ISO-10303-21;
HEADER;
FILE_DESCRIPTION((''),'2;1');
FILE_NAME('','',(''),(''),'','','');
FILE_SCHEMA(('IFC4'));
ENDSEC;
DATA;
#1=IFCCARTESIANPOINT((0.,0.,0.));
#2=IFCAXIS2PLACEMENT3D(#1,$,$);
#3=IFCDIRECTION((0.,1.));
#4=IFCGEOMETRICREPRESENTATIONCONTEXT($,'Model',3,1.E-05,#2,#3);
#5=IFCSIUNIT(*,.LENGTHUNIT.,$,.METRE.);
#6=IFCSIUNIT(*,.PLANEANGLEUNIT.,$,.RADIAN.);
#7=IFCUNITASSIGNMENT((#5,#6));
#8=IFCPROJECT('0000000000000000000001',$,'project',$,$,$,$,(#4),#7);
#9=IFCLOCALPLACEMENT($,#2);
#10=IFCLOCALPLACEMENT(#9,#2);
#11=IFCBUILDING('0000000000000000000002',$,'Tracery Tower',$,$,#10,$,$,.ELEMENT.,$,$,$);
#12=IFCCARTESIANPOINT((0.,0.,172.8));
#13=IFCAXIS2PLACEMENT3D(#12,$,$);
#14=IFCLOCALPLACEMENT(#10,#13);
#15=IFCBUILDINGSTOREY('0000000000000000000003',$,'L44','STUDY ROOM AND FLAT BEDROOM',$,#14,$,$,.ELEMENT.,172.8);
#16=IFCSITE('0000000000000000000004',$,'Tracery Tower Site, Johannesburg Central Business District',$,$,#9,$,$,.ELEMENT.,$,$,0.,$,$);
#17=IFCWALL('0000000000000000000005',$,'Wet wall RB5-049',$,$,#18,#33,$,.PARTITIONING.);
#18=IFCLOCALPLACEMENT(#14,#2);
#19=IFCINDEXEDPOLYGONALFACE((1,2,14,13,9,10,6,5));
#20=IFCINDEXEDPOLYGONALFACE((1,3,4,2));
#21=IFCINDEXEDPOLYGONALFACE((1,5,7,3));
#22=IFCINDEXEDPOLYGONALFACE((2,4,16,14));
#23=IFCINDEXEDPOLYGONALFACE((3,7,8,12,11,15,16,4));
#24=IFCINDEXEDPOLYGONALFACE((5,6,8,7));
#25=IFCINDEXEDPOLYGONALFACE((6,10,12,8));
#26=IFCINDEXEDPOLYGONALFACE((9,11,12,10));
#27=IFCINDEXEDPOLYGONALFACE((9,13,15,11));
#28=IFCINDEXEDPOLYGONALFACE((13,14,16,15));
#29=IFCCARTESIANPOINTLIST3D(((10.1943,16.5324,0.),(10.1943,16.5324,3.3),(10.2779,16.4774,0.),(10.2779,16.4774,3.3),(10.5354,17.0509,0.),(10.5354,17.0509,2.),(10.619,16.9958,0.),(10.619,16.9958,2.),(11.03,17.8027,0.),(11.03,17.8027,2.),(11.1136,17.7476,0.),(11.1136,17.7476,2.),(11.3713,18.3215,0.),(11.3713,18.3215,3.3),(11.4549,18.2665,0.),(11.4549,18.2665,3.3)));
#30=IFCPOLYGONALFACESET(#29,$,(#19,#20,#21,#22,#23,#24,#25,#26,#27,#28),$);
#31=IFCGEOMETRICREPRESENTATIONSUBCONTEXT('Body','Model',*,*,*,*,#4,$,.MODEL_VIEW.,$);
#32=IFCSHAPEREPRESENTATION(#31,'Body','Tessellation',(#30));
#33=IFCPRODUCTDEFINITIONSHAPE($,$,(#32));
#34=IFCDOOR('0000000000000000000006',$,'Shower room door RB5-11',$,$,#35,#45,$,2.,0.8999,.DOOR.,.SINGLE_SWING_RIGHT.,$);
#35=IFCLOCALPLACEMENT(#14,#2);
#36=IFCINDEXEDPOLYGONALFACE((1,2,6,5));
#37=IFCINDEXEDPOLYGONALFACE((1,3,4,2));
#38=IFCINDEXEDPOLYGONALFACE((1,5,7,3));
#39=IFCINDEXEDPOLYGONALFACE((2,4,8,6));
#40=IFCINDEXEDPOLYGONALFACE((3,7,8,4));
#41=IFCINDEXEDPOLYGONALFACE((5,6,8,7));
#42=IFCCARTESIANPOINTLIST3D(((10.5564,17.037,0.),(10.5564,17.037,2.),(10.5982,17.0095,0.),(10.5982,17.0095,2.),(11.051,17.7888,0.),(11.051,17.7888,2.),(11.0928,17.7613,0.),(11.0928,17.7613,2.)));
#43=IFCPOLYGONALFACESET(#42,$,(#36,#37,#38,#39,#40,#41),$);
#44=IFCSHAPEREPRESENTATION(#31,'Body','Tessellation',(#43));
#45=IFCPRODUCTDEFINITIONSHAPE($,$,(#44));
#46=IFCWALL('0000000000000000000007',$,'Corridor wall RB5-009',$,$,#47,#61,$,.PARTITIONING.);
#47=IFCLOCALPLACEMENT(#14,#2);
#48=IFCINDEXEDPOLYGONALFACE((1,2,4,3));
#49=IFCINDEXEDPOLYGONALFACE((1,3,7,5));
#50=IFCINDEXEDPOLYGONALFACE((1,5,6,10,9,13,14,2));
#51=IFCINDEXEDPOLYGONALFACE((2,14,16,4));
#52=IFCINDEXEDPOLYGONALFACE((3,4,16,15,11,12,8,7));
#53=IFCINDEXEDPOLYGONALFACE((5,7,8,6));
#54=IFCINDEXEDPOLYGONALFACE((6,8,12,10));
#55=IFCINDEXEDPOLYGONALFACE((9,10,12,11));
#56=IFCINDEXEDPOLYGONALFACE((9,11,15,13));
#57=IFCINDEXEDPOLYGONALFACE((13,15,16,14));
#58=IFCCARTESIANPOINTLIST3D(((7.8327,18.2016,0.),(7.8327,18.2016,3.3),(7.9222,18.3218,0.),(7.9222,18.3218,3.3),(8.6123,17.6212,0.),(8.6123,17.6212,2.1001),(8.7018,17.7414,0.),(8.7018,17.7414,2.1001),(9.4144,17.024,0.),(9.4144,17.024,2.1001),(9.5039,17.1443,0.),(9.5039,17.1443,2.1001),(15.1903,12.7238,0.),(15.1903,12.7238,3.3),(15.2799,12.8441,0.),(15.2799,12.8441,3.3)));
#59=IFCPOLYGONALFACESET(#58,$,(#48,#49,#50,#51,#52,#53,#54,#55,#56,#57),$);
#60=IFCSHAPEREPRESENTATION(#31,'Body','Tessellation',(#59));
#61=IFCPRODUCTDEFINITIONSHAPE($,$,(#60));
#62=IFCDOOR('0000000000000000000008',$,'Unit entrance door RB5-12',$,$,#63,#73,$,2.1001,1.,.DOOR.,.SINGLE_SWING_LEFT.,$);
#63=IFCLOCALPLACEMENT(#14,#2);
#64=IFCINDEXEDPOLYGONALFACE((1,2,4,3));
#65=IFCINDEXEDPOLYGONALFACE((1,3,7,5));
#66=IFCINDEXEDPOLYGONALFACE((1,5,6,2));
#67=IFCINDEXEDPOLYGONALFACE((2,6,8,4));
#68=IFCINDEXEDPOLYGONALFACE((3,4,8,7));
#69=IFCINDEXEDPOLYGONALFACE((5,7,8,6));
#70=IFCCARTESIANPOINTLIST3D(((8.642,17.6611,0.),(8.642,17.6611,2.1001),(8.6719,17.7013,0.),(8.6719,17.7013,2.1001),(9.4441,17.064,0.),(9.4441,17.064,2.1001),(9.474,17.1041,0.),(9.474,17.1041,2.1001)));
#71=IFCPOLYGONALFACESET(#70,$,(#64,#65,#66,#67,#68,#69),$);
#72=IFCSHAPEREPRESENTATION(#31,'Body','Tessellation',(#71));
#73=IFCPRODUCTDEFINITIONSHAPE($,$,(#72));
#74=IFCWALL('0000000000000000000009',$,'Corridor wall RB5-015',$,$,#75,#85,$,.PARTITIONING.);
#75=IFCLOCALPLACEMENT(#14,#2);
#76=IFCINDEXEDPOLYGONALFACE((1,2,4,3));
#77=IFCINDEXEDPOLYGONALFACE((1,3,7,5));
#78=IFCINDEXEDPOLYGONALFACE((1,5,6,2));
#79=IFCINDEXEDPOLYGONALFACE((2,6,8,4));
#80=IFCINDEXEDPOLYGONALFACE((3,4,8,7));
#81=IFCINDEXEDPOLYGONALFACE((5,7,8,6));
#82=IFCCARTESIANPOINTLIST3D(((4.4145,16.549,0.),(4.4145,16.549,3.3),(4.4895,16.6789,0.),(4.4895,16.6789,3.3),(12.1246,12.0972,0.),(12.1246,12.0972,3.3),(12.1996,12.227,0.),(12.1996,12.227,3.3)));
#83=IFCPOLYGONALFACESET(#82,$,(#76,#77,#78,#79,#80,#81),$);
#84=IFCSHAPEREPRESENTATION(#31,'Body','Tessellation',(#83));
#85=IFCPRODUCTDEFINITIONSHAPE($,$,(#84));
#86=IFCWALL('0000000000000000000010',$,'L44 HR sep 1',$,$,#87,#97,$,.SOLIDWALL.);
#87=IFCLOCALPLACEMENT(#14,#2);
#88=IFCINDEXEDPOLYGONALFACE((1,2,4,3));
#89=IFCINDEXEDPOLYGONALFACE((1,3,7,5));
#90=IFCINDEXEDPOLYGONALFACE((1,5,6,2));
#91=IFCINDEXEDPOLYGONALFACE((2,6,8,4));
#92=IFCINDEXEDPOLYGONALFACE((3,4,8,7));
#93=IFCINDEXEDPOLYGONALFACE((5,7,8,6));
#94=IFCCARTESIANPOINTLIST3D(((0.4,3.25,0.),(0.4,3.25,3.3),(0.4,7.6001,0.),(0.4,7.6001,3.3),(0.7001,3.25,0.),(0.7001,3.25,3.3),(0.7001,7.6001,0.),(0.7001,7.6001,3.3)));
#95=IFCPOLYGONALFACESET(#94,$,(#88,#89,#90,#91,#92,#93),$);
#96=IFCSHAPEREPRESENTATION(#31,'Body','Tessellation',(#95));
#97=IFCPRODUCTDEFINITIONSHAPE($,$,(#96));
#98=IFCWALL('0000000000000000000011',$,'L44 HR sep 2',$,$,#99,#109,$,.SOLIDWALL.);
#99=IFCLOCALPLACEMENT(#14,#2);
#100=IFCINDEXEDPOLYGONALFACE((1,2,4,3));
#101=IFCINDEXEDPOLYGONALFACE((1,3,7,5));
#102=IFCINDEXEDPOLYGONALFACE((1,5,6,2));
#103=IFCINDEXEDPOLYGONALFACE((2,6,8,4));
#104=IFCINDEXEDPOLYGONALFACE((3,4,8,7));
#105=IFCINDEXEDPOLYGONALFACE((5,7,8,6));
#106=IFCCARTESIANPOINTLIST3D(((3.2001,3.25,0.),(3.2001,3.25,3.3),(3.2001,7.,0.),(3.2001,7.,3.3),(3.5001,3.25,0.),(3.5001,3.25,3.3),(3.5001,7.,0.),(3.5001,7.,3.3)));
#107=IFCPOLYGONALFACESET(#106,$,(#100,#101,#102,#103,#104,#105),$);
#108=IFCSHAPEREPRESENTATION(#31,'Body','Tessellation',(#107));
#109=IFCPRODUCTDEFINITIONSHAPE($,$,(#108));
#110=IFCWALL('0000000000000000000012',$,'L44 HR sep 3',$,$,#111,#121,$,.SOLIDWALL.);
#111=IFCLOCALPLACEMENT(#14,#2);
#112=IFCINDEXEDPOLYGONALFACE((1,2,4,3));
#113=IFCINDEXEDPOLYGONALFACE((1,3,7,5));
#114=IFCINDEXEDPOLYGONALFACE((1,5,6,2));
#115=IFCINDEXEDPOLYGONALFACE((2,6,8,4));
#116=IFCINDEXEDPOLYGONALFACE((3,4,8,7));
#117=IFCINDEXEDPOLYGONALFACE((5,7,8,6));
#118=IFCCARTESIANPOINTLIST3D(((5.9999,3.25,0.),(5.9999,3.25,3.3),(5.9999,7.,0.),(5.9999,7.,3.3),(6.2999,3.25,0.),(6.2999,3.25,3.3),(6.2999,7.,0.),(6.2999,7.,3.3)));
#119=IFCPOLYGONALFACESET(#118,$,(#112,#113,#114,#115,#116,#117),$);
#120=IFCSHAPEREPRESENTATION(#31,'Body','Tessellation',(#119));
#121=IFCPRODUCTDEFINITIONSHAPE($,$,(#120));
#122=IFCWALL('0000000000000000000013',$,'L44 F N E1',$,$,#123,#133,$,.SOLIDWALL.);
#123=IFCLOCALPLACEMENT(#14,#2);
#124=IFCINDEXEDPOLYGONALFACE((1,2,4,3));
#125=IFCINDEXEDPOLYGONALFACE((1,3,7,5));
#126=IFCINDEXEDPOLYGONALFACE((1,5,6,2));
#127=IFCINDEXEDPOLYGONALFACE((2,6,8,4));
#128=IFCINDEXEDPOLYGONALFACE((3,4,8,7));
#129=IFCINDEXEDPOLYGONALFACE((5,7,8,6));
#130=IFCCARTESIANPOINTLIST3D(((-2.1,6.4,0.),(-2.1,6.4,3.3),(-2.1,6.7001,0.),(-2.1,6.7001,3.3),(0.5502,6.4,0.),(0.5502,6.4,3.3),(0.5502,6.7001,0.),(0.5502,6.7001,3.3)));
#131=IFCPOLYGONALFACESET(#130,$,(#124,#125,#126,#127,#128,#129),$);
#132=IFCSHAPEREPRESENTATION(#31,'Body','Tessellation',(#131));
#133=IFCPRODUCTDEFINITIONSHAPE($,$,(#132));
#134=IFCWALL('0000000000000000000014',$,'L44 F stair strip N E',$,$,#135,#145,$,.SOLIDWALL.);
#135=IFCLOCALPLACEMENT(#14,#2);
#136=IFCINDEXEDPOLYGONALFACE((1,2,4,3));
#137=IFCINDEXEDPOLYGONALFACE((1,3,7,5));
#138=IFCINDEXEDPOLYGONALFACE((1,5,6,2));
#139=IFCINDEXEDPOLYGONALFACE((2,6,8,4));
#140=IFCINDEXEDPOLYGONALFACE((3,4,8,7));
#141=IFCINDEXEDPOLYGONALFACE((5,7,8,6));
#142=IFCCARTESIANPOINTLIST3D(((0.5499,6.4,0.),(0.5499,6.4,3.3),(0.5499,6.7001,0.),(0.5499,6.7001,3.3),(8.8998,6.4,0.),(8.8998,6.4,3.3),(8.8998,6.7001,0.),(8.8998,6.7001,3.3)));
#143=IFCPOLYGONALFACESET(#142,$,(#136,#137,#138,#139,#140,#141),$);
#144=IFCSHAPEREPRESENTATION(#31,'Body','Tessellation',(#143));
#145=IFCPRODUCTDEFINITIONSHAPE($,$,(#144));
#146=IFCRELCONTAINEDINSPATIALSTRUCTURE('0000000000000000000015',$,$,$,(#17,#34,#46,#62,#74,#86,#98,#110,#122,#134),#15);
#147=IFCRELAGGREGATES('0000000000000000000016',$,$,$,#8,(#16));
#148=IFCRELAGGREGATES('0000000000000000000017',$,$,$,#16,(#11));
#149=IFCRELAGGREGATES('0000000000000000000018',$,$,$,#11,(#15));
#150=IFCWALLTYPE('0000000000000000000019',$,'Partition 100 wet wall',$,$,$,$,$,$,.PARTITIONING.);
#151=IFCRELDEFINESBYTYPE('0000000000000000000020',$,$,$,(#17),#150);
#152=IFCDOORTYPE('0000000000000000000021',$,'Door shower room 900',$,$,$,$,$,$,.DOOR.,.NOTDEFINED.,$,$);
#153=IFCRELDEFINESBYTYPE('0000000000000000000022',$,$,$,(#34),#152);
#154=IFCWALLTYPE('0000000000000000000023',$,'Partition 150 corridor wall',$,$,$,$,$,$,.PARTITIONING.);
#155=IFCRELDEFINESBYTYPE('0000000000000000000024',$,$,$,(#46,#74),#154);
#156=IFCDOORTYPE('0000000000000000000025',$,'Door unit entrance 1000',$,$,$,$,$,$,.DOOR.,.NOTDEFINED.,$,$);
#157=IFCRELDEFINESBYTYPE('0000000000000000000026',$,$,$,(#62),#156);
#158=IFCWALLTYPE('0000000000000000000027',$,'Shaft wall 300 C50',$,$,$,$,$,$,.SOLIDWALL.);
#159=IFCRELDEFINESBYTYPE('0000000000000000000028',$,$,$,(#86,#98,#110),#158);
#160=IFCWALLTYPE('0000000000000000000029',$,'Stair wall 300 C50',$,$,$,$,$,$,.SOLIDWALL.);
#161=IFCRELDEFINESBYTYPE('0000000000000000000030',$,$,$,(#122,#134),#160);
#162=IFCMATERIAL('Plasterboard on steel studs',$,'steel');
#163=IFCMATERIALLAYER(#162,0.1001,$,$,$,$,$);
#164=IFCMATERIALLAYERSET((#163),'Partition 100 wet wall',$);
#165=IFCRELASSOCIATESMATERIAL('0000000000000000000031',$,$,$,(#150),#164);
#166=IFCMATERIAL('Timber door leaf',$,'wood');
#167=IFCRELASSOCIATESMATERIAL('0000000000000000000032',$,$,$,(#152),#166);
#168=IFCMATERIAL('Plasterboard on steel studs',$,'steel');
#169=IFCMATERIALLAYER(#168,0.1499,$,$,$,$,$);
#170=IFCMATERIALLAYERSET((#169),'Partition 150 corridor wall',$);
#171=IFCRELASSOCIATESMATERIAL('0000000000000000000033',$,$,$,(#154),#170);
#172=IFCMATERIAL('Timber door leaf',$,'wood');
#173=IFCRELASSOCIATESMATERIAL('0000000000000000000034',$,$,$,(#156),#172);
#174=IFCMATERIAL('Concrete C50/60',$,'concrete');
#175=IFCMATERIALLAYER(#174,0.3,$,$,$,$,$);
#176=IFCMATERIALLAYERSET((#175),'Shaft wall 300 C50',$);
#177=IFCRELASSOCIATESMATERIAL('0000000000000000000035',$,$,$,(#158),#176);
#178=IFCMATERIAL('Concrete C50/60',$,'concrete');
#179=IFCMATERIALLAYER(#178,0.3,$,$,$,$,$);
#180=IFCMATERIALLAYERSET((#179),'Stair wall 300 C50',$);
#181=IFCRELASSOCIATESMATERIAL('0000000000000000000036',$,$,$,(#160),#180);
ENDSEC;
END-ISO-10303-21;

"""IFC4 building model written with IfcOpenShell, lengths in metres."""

from ifc_helpers import new_model, si_unit, direction, frame, frame_2d, origin, place, context, subcontext, project, spatial, rectangle, extrude, material, layer, layer_set, type_object, element, fill, save


model = new_model("IFC4")

# Units and contexts
model_context = context("Model", 3, precision=1e-05, world=origin(), true_north=direction((0.0, 1.0)))
body_context = subcontext(model_context, "Body", "Model", "MODEL_VIEW")
ifc_project = project(units=[si_unit("LENGTHUNIT", "METRE"), si_unit("PLANEANGLEUNIT", "RADIAN")], contexts=[model_context])

# Site, building, storey
site_placement = place(None, origin())
site = spatial("IfcSite", under=ifc_project, at=site_placement, Name="Tracery Tower Site, Johannesburg Central Business District", CompositionType="ELEMENT", RefElevation=0.0)
building_placement = place(site_placement, origin())
building = spatial("IfcBuilding", under=site, at=building_placement, Name="Tracery Tower", CompositionType="ELEMENT")
storey_placement = place(building_placement, frame((0.0, 0.0, 172.8)))
storey = spatial("IfcBuildingStorey", under=building, at=storey_placement, Name="L44", Description="STUDY ROOM AND FLAT BEDROOM", CompositionType="ELEMENT", Elevation=172.8)

# Walls, openings, doors
ifc_material_1 = material(Name="Plasterboard on steel studs", Category="steel")
ifc_layer_1 = layer(ifc_material_1, 0.1001)
ifc_layer_set_1 = layer_set([ifc_layer_1], Name="Partition 100 wet wall")
wall_type_1 = type_object("IfcWallType", Name="Partition 100 wet wall", PredefinedType="PARTITIONING", material=ifc_layer_set_1)
wall_1_placement = place(storey_placement, frame((10.2361, 16.5049, 0.0), z_axis=(0.0, 0.0, 1.0), x_axis=(0.549612, 0.83542, 0.0)))
wall_1 = element("IfcWall", 1, at=wall_1_placement, inside=storey, type_object=wall_type_1, Name="Wet wall RB5-049", PredefinedType="PARTITIONING", context=body_context, shape_type="SweptSolid", body=[
    extrude(rectangle(XDim=2.1416, YDim=0.1001, at=frame_2d((1.0708, 0.0))), origin(), (0.0, 0.0, 1.0), 3.3),
])
opening_1_placement = place(wall_1_placement, frame((0.6206, 0.0, 0.0)))
opening_1 = element("IfcOpeningElement", 2, at=opening_1_placement, cuts=wall_1, PredefinedType="OPENING", context=body_context, shape_type="SweptSolid", body=[
    extrude(rectangle(XDim=0.8999, YDim=2.0, at=frame_2d((0.45, 1.0))), frame((0.0, 0.05, 0.0), z_axis=(0.0, -1.0, 0.0), x_axis=(1.0, 0.0, 0.0)), (0.0, 0.0, 1.0), 0.1001),
])
ifc_material_2 = material(Name="Timber door leaf", Category="wood")
door_type_1 = type_object("IfcDoorType", Name="Door shower room 900", OperationType="NOTDEFINED", PredefinedType="DOOR", material=ifc_material_2)
door_1_placement = place(opening_1_placement, origin())
door_1 = element("IfcDoor", 3, at=door_1_placement, inside=storey, type_object=door_type_1, Name="Shower room door RB5-11", OperationType="SINGLE_SWING_RIGHT", OverallHeight=2.0, OverallWidth=0.8999, PredefinedType="DOOR", context=body_context, shape_type="SweptSolid", body=[
    extrude(rectangle(XDim=0.8999, YDim=2.0, at=frame_2d((0.45, 1.0))), frame((0.0, 0.0249, 0.0), z_axis=(0.0, -1.0, 0.0), x_axis=(1.0, 0.0, 0.0)), (0.0, 0.0, 1.0), 0.05),
])
fill(opening_1, door_1)
ifc_material_3 = material(Name="Plasterboard on steel studs", Category="steel")
ifc_layer_2 = layer(ifc_material_3, 0.1499)
ifc_layer_set_2 = layer_set([ifc_layer_2], Name="Partition 150 corridor wall")
wall_type_2 = type_object("IfcWallType", Name="Partition 150 corridor wall", PredefinedType="PARTITIONING", material=ifc_layer_set_2)
wall_2_placement = place(storey_placement, frame((7.8774, 18.2617, 0.0), z_axis=(0.0, 0.0, 1.0), x_axis=(0.802113, -0.597173, 0.0)))
wall_2 = element("IfcWall", 4, at=wall_2_placement, inside=storey, type_object=wall_type_2, Name="Corridor wall RB5-009", PredefinedType="PARTITIONING", context=body_context, shape_type="SweptSolid", body=[
    extrude(rectangle(XDim=9.1729, YDim=0.1499, at=frame_2d((4.5864, 0.0))), origin(), (0.0, 0.0, 1.0), 3.3),
])
opening_2_placement = place(wall_2_placement, frame((0.9719, 0.0, 0.0)))
opening_2 = element("IfcOpeningElement", 5, at=opening_2_placement, cuts=wall_2, PredefinedType="OPENING", context=body_context, shape_type="SweptSolid", body=[
    extrude(rectangle(XDim=1.0, YDim=2.1001, at=frame_2d((0.5, 1.05))), frame((0.0, 0.075, 0.0), z_axis=(0.0, -1.0, 0.0), x_axis=(1.0, 0.0, 0.0)), (0.0, 0.0, 1.0), 0.1499),
])
ifc_material_4 = material(Name="Timber door leaf", Category="wood")
door_type_2 = type_object("IfcDoorType", Name="Door unit entrance 1000", OperationType="NOTDEFINED", PredefinedType="DOOR", material=ifc_material_4)
door_2_placement = place(opening_2_placement, origin())
door_2 = element("IfcDoor", 6, at=door_2_placement, inside=storey, type_object=door_type_2, Name="Unit entrance door RB5-12", OperationType="SINGLE_SWING_LEFT", OverallHeight=2.1001, OverallWidth=1.0, PredefinedType="DOOR", context=body_context, shape_type="SweptSolid", body=[
    extrude(rectangle(XDim=1.0, YDim=2.1001, at=frame_2d((0.5, 1.05))), frame((0.0, 0.0249, 0.0), z_axis=(0.0, -1.0, 0.0), x_axis=(1.0, 0.0, 0.0)), (0.0, 0.0, 1.0), 0.05),
])
fill(opening_2, door_2)

# Walls
wall_3_placement = place(storey_placement, frame((4.4519, 16.614, 0.0), z_axis=(0.0, 0.0, 1.0), x_axis=(0.866005, -0.500035, 0.0)))
element("IfcWall", 7, at=wall_3_placement, inside=storey, type_object=wall_type_2, Name="Corridor wall RB5-015", PredefinedType="PARTITIONING", context=body_context, shape_type="SweptSolid", body=[
    extrude(rectangle(XDim=8.9031, YDim=0.1499, at=frame_2d((4.4517, 0.0))), origin(), (0.0, 0.0, 1.0), 3.3),
])
ifc_material_5 = material(Name="Concrete C50/60", Category="concrete")
ifc_layer_3 = layer(ifc_material_5, 0.3)
ifc_layer_set_3 = layer_set([ifc_layer_3], Name="Shaft wall 300 C50")
wall_type_3 = type_object("IfcWallType", Name="Shaft wall 300 C50", PredefinedType="SOLIDWALL", material=ifc_layer_set_3)
wall_4_placement = place(storey_placement, frame((0.55, 3.25, 0.0), z_axis=(0.0, 0.0, 1.0), x_axis=(0.0, 1.0, 0.0)))
element("IfcWall", 8, at=wall_4_placement, inside=storey, type_object=wall_type_3, Name="L44 HR sep 1", PredefinedType="SOLIDWALL", context=body_context, shape_type="SweptSolid", body=[
    extrude(rectangle(XDim=4.3501, YDim=0.3, at=frame_2d((2.175, 0.0))), origin(), (0.0, 0.0, 1.0), 3.3),
])
for number, where, z_axis, x_axis, name in (
    (9, (3.3501, 3.25, 0.0), (0.0, 0.0, 1.0), (0.0, 1.0, 0.0), "L44 HR sep 2"),
    (10, (6.1499, 3.25, 0.0), (0.0, 0.0, 1.0), (0.0, 1.0, 0.0), "L44 HR sep 3"),
):
    element("IfcWall", number, at=place(storey_placement, frame(where, z_axis=z_axis, x_axis=x_axis)), inside=storey, type_object=wall_type_3, Name=name, PredefinedType="SOLIDWALL", context=body_context, shape_type="SweptSolid", body=[
        extrude(rectangle(XDim=3.75, YDim=0.3, at=frame_2d((1.875, 0.0))), origin(), (0.0, 0.0, 1.0), 3.3),
    ])

# Walls
ifc_material_6 = material(Name="Concrete C50/60", Category="concrete")
ifc_layer_4 = layer(ifc_material_6, 0.3)
ifc_layer_set_4 = layer_set([ifc_layer_4], Name="Stair wall 300 C50")
wall_type_4 = type_object("IfcWallType", Name="Stair wall 300 C50", PredefinedType="SOLIDWALL", material=ifc_layer_set_4)
wall_5_placement = place(storey_placement, frame((-2.1001, 6.55, 0.0), z_axis=(0.0, 0.0, 1.0), x_axis=(1.0, 0.0, 0.0)))
element("IfcWall", 11, at=wall_5_placement, inside=storey, type_object=wall_type_4, Name="L44 F N E1", PredefinedType="SOLIDWALL", context=body_context, shape_type="SweptSolid", body=[
    extrude(rectangle(XDim=2.6501, YDim=0.3, at=frame_2d((1.3252, 0.0))), origin(), (0.0, 0.0, 1.0), 3.3),
])
wall_6_placement = place(storey_placement, frame((0.55, 6.55, 0.0), z_axis=(0.0, 0.0, 1.0), x_axis=(1.0, 0.0, 0.0)))
element("IfcWall", 12, at=wall_6_placement, inside=storey, type_object=wall_type_4, Name="L44 F stair strip N E", PredefinedType="SOLIDWALL", context=body_context, shape_type="SweptSolid", body=[
    extrude(rectangle(XDim=8.3499, YDim=0.3, at=frame_2d((4.1748, 0.0))), origin(), (0.0, 0.0, 1.0), 3.3),
])

save(model, "model.ifc")
